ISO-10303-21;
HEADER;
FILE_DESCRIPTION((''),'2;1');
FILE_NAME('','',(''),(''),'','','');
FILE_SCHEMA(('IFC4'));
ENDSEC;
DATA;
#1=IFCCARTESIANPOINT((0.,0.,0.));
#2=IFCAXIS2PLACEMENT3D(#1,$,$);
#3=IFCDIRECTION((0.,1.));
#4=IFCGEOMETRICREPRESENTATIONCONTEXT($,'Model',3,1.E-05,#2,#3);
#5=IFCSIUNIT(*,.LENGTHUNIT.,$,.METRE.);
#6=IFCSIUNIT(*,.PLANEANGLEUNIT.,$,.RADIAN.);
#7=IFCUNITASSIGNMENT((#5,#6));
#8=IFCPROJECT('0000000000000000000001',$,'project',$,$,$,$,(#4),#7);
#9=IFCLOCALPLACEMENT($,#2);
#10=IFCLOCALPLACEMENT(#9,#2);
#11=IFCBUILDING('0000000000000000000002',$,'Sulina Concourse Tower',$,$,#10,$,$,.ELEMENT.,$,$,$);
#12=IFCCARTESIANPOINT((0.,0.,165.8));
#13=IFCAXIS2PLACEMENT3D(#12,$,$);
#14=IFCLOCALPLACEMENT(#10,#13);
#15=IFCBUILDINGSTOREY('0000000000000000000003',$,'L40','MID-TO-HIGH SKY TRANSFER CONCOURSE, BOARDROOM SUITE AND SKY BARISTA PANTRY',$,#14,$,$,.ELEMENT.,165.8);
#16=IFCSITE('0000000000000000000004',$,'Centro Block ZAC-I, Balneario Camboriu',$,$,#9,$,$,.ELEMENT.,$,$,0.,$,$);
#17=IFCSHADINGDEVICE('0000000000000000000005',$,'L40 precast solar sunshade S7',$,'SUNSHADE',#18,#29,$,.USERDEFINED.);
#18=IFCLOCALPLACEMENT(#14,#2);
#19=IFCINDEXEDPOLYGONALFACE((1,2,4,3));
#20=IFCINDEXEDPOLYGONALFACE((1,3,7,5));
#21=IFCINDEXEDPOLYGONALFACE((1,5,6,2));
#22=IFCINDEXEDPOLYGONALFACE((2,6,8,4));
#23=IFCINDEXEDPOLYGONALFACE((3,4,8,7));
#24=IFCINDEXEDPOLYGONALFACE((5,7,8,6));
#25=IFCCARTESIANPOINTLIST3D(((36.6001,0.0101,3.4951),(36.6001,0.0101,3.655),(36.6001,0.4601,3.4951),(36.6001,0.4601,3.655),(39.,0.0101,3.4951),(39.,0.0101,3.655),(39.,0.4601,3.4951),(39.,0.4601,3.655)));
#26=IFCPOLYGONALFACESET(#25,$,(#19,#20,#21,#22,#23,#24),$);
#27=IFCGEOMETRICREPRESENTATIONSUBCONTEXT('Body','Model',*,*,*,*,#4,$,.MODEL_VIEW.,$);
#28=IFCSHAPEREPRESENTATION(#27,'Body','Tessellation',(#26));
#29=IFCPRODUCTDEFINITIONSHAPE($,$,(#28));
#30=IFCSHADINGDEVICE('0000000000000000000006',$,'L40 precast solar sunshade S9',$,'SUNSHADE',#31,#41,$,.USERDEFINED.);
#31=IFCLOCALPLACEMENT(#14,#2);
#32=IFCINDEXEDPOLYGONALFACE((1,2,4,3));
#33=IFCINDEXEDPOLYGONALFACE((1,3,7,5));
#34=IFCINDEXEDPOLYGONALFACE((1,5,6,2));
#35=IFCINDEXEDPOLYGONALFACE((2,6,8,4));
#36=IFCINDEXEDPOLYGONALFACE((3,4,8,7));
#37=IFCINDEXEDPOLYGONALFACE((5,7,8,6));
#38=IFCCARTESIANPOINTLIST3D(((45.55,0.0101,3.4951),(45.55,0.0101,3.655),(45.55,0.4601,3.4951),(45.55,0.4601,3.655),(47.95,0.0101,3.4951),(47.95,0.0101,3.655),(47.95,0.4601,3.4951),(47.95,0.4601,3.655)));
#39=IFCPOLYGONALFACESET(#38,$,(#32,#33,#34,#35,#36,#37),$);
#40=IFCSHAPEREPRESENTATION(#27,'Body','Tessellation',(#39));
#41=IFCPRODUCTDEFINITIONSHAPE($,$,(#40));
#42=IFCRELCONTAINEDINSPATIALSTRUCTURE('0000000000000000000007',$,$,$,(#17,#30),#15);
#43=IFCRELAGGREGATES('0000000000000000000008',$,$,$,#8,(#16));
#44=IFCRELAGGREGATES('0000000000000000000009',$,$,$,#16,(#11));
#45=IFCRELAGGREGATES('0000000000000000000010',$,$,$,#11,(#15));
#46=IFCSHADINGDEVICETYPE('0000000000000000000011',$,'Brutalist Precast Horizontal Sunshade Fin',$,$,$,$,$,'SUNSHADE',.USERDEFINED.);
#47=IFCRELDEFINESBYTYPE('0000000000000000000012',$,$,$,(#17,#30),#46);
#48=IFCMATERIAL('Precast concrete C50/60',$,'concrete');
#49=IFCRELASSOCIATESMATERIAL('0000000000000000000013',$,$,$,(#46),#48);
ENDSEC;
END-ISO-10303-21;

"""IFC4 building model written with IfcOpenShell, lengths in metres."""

from ifc_helpers import new_model, si_unit, direction, frame, origin, origin_2d, place, context, subcontext, project, spatial, rectangle, extrude, material, type_object, element, save


model = new_model("IFC4")

# Units and contexts
model_context = context("Model", 3, precision=1e-05, world=origin(), true_north=direction((0.0, 1.0)))
body_context = subcontext(model_context, "Body", "Model", "MODEL_VIEW")
ifc_project = project(units=[si_unit("LENGTHUNIT", "METRE"), si_unit("PLANEANGLEUNIT", "RADIAN")], contexts=[model_context])

# Site, building, storey
site_placement = place(None, origin())
site = spatial("IfcSite", under=ifc_project, at=site_placement, Name="Centro Block ZAC-I, Balneario Camboriu", CompositionType="ELEMENT", RefElevation=0.0)
building_placement = place(site_placement, origin())
building = spatial("IfcBuilding", under=site, at=building_placement, Name="Sulina Concourse Tower", CompositionType="ELEMENT")
storey_placement = place(building_placement, frame((0.0, 0.0, 165.8)))
storey = spatial("IfcBuildingStorey", under=building, at=storey_placement, Name="L40", Description="MID-TO-HIGH SKY TRANSFER CONCOURSE, BOARDROOM SUITE AND SKY BARISTA PANTRY", CompositionType="ELEMENT", Elevation=165.8)

# Shading devices
ifc_material_1 = material(Name="Precast concrete C50/60", Category="concrete")
shading_device_type = type_object("IfcShadingDeviceType", Name="Brutalist Precast Horizontal Sunshade Fin", ElementType="SUNSHADE", PredefinedType="USERDEFINED", material=ifc_material_1)
for number, where, z_axis, x_axis, name in (
    (1, (37.8, 0.2351, 3.4951), (0.0, 0.0, 1.0), (1.0, 0.0, 0.0), "L40 precast solar sunshade S7"),
    (2, (46.75, 0.2351, 3.4951), (0.0, 0.0, 1.0), (1.0, 0.0, 0.0), "L40 precast solar sunshade S9"),
):
    element("IfcShadingDevice", number, at=place(storey_placement, frame(where, z_axis=z_axis, x_axis=x_axis)), inside=storey, type_object=shading_device_type, Name=name, ObjectType="SUNSHADE", PredefinedType="USERDEFINED", context=body_context, shape_type="SweptSolid", body=[
        extrude(rectangle(XDim=2.3999, YDim=0.45, at=origin_2d()), origin(), (0.0, 0.0, 1.0), 0.1599),
    ])

save(model, "model.ifc")
